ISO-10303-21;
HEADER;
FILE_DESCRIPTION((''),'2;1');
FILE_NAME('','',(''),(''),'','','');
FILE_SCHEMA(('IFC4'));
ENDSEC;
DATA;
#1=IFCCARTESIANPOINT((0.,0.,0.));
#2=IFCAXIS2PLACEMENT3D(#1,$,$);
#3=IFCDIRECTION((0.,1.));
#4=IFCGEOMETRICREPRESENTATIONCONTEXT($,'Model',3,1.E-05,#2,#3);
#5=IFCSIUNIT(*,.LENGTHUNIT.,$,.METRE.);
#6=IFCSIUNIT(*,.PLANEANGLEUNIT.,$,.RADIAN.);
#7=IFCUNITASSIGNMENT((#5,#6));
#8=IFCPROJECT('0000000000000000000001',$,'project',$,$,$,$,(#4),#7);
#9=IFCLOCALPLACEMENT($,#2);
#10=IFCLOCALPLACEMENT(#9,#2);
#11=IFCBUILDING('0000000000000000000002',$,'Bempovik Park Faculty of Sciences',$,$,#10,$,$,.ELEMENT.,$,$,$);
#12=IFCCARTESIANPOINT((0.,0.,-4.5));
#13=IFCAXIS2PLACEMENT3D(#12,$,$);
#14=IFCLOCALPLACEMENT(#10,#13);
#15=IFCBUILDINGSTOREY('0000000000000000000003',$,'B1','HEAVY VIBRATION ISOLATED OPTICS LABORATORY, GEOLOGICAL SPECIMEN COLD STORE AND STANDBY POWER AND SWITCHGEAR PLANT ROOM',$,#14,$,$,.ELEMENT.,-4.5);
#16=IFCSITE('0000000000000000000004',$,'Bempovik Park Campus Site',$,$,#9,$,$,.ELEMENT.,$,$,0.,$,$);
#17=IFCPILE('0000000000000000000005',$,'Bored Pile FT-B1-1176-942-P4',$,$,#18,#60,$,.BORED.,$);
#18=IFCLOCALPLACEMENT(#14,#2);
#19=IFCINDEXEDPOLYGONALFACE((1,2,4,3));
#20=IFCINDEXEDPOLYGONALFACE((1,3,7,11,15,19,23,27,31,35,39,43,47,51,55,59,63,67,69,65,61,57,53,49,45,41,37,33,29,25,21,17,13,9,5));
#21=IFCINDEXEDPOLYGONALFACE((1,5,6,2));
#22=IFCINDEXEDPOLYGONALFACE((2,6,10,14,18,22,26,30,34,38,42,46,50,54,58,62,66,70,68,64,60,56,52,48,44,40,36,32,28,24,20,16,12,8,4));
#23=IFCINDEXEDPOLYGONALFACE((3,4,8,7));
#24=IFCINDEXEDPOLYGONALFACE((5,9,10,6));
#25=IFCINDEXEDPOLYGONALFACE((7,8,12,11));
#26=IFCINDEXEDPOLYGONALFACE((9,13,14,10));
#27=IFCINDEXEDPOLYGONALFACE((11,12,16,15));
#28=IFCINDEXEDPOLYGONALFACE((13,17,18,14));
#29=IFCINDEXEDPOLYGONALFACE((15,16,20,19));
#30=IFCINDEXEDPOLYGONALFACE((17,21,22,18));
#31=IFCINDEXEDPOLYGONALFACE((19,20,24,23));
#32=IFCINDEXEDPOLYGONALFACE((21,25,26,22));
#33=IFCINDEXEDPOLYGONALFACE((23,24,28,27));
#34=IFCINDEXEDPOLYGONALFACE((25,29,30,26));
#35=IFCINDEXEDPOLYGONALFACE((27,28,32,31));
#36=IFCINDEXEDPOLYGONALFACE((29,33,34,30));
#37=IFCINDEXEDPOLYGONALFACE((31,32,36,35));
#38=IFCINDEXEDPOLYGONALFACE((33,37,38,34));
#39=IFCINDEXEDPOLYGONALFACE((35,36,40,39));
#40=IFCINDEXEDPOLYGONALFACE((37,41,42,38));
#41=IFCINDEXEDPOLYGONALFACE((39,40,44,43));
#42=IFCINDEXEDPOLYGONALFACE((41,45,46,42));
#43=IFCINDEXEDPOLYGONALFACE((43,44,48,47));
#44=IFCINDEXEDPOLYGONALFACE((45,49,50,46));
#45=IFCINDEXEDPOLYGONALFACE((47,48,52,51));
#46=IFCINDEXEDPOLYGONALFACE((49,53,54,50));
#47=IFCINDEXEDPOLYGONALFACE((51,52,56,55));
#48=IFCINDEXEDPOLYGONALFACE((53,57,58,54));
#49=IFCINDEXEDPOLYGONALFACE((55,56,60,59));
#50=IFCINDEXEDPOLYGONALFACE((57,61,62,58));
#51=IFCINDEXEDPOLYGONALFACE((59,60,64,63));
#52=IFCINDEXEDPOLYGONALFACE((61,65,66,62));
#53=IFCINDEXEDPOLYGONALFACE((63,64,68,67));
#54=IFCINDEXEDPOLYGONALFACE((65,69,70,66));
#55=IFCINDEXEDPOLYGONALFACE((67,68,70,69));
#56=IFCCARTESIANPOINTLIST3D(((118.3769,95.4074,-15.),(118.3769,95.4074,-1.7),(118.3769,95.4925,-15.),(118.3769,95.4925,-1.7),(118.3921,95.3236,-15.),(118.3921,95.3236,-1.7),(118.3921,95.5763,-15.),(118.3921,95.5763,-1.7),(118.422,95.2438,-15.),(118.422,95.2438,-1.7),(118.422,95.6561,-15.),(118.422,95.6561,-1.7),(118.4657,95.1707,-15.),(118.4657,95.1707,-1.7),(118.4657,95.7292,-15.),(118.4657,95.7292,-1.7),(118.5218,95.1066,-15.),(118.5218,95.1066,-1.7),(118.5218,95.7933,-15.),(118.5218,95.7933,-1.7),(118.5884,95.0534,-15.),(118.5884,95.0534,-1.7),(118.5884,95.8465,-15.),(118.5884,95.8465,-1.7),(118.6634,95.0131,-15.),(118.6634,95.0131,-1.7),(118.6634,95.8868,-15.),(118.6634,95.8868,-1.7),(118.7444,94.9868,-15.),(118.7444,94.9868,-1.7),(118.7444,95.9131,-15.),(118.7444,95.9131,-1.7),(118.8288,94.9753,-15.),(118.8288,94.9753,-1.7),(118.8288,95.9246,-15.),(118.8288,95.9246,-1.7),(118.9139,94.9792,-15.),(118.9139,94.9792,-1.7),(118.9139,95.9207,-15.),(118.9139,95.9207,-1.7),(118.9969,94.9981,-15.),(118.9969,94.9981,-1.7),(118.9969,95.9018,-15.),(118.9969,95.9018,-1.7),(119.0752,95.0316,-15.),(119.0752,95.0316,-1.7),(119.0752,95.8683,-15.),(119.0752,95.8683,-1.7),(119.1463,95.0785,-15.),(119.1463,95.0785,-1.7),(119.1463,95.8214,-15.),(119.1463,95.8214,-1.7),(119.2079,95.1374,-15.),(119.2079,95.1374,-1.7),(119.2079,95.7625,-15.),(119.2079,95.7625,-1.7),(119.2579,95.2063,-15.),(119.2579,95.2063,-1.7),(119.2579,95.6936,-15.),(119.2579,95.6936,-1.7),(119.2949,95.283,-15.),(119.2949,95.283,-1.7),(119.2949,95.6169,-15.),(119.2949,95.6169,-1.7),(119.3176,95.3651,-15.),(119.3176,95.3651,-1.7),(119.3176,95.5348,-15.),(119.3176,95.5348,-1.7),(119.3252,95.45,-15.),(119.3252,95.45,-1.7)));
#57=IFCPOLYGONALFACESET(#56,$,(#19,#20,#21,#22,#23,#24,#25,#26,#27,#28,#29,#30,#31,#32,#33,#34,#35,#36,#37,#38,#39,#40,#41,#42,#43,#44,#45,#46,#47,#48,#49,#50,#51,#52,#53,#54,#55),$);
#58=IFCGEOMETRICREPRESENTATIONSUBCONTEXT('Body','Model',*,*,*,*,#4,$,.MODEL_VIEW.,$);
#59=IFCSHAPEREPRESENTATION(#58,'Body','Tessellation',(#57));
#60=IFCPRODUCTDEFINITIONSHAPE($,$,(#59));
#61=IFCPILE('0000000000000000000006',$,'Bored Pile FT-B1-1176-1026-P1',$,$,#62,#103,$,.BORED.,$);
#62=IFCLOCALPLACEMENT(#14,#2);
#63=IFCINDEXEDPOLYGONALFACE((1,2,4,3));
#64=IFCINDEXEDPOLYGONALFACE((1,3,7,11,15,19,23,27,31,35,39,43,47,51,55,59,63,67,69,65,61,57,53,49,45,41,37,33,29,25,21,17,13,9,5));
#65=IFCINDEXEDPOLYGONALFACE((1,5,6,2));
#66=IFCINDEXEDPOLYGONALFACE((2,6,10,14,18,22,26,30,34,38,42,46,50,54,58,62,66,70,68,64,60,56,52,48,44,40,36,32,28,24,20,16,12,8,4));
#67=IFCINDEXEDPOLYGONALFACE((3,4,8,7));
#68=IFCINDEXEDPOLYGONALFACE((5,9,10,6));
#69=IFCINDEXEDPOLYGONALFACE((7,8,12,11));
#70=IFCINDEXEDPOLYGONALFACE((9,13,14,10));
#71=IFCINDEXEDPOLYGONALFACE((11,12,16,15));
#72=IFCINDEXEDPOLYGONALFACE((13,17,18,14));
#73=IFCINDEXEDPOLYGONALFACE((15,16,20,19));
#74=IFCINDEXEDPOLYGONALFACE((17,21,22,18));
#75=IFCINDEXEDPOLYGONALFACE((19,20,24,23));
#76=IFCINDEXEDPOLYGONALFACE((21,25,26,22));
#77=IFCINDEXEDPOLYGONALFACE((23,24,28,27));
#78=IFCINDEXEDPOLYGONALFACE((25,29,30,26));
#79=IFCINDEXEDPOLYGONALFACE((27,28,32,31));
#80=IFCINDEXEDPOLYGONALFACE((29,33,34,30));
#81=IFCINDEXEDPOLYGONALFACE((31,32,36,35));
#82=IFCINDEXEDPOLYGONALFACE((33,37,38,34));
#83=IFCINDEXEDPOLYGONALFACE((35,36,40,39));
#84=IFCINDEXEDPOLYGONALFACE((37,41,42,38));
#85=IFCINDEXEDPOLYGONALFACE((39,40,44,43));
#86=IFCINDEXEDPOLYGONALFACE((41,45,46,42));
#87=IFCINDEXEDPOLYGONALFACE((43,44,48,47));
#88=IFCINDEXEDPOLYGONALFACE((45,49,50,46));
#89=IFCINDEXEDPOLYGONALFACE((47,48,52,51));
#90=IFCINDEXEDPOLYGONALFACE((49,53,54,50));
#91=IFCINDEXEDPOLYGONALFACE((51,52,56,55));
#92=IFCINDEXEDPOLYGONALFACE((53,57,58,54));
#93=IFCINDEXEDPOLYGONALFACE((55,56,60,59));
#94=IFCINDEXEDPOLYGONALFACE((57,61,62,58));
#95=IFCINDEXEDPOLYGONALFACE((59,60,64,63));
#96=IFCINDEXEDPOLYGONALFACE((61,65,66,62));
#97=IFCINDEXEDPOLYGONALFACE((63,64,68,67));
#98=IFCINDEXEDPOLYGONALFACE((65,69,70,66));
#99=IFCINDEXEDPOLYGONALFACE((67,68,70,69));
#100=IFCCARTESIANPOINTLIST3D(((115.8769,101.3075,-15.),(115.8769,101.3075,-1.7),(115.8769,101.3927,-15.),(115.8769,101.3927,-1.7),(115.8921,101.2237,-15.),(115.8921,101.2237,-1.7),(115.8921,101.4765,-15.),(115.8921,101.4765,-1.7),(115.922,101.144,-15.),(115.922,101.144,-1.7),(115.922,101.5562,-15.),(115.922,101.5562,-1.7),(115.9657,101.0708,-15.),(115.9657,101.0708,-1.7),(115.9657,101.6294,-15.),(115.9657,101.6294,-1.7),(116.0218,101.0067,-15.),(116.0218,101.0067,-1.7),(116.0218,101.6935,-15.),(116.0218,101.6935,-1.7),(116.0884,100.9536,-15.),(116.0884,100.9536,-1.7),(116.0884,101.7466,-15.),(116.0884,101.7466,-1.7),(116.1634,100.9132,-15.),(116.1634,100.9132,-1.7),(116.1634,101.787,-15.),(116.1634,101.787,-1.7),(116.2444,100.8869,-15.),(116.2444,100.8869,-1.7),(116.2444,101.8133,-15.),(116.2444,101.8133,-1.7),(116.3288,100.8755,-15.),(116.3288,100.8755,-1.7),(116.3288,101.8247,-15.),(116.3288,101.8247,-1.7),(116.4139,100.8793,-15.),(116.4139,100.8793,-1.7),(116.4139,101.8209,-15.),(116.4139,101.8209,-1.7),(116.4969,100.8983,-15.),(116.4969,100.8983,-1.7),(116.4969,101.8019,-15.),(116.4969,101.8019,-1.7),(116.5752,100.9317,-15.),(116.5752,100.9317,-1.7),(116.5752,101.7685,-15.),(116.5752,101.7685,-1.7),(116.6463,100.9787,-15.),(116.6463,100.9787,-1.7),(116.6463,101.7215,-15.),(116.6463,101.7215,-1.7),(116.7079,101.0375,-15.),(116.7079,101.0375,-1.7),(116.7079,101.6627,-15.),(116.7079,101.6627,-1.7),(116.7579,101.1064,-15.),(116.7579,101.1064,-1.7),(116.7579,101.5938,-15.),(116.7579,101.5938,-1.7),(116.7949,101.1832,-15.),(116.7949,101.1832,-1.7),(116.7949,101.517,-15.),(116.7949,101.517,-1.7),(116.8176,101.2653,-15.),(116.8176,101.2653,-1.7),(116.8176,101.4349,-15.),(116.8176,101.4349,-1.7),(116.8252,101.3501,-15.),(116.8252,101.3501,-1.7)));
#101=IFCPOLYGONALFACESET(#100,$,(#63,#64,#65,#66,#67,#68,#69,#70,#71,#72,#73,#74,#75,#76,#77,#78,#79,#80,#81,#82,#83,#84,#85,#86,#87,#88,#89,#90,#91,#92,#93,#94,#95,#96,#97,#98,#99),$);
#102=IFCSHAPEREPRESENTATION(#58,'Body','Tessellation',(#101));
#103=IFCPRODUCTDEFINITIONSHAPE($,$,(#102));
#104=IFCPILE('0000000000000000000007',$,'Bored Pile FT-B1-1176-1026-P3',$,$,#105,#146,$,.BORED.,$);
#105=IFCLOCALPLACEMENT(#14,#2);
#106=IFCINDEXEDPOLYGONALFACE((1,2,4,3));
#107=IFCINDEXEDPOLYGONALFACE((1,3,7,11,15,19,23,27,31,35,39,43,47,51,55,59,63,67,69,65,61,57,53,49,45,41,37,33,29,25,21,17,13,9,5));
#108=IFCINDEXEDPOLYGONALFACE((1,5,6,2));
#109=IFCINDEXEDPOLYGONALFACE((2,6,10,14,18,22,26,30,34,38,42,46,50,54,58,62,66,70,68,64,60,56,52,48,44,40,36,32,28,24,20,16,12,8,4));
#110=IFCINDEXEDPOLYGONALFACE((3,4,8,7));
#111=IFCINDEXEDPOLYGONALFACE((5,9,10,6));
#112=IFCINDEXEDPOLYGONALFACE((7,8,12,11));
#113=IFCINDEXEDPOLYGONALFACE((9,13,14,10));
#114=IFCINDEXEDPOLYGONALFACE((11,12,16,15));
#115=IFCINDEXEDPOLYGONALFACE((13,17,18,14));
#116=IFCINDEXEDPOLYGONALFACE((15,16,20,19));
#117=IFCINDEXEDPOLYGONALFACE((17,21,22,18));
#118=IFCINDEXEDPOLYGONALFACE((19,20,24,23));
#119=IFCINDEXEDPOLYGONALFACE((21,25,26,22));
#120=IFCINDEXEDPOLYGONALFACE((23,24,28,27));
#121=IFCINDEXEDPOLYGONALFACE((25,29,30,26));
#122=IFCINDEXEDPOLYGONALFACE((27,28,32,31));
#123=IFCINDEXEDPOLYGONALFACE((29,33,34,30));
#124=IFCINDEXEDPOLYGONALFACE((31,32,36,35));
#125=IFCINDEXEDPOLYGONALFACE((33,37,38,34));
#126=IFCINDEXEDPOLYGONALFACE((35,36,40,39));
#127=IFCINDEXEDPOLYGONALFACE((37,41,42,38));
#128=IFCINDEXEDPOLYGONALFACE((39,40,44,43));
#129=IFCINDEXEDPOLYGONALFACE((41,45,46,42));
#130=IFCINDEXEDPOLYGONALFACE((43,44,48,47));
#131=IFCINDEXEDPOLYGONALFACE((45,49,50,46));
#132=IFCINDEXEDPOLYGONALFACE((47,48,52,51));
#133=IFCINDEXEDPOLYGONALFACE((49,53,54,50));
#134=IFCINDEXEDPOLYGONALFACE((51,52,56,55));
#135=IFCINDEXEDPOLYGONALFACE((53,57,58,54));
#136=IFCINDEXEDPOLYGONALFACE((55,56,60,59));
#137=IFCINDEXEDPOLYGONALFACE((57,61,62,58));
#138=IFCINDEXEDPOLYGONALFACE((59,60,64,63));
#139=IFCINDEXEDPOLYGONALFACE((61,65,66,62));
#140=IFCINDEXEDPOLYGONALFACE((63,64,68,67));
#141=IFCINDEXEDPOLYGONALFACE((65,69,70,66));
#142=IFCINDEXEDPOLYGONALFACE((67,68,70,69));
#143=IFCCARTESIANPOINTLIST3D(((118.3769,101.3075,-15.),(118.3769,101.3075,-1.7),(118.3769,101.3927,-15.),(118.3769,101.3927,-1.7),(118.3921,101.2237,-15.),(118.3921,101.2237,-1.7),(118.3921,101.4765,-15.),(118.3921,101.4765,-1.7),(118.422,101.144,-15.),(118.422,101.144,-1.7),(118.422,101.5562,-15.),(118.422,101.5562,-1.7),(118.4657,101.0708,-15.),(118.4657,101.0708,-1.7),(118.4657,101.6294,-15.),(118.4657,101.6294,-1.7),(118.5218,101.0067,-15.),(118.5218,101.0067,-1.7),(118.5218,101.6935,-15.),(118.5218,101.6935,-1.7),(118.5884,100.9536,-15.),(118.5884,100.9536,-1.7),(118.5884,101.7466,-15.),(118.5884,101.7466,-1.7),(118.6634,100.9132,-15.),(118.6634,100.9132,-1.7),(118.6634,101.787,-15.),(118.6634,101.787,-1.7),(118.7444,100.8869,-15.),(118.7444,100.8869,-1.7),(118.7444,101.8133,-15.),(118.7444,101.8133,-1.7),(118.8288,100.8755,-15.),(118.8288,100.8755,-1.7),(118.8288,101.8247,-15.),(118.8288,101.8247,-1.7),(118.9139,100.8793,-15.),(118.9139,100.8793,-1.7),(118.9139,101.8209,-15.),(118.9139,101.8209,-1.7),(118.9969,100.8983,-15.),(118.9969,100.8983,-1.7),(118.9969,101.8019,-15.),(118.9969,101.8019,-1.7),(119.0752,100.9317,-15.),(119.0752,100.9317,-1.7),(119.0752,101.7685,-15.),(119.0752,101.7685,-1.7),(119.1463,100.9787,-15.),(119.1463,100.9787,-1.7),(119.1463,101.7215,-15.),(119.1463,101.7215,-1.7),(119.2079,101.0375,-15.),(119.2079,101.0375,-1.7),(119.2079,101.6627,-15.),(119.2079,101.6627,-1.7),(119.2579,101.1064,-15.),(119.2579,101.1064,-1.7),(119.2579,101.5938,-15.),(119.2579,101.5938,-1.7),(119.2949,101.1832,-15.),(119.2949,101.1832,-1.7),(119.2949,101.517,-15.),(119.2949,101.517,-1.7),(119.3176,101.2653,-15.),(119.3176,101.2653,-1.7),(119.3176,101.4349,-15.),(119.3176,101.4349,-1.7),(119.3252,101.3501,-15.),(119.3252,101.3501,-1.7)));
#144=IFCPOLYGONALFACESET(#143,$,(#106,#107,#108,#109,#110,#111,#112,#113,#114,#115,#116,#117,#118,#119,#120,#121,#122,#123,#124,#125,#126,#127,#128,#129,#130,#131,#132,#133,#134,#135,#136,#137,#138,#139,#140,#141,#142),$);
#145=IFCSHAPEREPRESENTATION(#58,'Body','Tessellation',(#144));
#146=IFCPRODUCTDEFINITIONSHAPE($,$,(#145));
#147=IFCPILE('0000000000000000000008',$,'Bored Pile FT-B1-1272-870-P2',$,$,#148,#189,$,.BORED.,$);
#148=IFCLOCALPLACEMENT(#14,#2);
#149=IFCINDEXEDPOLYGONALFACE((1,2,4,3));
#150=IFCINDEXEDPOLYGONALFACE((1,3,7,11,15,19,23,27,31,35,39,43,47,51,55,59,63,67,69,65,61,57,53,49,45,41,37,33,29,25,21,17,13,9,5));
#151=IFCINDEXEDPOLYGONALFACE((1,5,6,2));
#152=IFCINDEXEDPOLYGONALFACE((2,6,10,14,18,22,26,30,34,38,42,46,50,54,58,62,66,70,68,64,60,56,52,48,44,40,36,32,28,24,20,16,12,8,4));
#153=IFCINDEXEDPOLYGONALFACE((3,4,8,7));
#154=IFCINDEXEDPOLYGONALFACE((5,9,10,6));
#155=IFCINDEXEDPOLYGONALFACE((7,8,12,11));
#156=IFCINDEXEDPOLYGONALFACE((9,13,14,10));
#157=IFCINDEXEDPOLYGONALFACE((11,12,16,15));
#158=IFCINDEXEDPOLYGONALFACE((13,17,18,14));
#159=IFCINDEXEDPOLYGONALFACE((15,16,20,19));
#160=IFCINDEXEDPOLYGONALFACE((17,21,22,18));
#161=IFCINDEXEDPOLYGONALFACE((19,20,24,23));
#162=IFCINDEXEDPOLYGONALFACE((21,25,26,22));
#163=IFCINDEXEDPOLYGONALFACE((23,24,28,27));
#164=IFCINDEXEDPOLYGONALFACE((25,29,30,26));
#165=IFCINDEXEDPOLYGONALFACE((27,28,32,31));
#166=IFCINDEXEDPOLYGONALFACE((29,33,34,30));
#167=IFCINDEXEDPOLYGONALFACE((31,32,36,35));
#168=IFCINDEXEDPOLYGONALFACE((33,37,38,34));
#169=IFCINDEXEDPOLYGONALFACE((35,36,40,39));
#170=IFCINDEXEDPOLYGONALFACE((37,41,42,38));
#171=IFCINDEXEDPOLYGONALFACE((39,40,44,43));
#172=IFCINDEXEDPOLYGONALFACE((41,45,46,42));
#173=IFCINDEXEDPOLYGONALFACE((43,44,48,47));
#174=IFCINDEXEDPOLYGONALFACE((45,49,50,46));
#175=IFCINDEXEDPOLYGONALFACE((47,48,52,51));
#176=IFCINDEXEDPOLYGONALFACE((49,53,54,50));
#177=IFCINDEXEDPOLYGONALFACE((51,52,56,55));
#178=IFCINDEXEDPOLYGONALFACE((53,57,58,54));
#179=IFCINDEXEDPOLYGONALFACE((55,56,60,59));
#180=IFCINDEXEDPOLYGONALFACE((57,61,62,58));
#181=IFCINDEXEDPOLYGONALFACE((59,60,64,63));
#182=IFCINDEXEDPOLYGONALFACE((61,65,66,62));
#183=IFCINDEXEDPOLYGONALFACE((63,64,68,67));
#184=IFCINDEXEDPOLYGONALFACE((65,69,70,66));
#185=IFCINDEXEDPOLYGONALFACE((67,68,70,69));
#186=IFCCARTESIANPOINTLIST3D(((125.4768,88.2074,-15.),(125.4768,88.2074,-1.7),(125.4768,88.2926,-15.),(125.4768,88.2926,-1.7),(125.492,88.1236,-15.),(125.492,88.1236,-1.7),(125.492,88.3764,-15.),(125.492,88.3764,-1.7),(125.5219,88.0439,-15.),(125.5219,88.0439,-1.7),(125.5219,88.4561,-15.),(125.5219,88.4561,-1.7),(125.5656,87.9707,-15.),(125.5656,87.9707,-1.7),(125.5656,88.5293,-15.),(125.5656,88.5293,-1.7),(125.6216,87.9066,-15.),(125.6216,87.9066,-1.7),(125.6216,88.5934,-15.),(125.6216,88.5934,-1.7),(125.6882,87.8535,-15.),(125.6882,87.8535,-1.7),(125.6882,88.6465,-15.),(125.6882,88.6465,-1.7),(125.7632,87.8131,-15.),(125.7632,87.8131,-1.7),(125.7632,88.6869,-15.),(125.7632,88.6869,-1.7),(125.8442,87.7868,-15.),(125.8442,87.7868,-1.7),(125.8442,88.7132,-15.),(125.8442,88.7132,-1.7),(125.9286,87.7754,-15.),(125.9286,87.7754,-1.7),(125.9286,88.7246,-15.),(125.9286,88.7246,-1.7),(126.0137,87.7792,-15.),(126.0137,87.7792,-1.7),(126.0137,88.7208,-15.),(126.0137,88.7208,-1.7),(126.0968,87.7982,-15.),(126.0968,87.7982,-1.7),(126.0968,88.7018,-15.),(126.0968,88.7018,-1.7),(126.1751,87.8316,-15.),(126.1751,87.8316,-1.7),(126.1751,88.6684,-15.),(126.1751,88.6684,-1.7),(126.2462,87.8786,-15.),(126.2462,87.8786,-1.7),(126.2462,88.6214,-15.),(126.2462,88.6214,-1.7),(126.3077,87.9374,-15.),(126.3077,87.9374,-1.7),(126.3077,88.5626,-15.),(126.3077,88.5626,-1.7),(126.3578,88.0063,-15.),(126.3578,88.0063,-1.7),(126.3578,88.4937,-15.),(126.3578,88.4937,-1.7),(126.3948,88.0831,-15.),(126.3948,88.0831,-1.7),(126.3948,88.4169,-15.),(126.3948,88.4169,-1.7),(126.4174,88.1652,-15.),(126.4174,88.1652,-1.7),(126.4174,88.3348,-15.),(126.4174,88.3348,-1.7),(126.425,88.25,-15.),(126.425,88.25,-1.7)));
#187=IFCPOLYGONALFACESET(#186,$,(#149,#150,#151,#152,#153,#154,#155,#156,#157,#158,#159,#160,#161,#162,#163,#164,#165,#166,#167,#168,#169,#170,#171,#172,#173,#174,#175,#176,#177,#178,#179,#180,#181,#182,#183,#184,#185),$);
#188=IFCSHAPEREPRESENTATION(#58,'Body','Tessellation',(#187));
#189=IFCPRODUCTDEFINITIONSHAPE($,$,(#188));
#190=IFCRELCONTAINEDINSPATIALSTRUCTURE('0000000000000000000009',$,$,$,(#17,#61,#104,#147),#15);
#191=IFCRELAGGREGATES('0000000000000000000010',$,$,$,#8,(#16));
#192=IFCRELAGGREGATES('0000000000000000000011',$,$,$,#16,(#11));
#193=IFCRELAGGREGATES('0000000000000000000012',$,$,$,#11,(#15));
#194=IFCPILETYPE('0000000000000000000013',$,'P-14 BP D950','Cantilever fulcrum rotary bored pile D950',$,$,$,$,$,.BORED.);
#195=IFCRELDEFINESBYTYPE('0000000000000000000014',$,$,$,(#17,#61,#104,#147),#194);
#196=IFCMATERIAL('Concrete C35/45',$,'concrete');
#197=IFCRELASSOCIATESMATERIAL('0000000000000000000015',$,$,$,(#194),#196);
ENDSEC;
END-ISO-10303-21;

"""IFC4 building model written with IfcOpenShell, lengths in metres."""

from ifc_helpers import new_model, si_unit, direction, frame, origin, origin_2d, place, context, subcontext, project, spatial, circle, extrude, material, material_profile, profile_set, type_object, element, save


model = new_model("IFC4")

# Units and contexts
model_context = context("Model", 3, precision=1e-05, world=origin(), true_north=direction((0.0, 1.0)))
body_context = subcontext(model_context, "Body", "Model", "MODEL_VIEW")
ifc_project = project(units=[si_unit("LENGTHUNIT", "METRE"), si_unit("PLANEANGLEUNIT", "RADIAN")], contexts=[model_context])

# Site, building, storey
site_placement = place(None, origin())
site = spatial("IfcSite", under=ifc_project, at=site_placement, Name="Bempovik Park Campus Site", CompositionType="ELEMENT", RefElevation=0.0)
building_placement = place(site_placement, origin())
building = spatial("IfcBuilding", under=site, at=building_placement, Name="Bempovik Park Faculty of Sciences", CompositionType="ELEMENT")
storey_placement = place(building_placement, frame((0.0, 0.0, -4.5)))
storey = spatial("IfcBuildingStorey", under=building, at=storey_placement, Name="B1", Description="HEAVY VIBRATION ISOLATED OPTICS LABORATORY, GEOLOGICAL SPECIMEN COLD STORE AND STANDBY POWER AND SWITCHGEAR PLANT ROOM", CompositionType="ELEMENT", Elevation=-4.5)

# Shared definitions
ifc_material_1 = material(Name="Concrete C35/45", Category="concrete")

# Piles
ifc_material_profile_1 = material_profile(ifc_material_1, circle(Radius=0.4751, at=origin_2d()), Name="BP D950")
ifc_profile_set_1 = profile_set([ifc_material_profile_1], Name="Concrete C35/45")
pile_type = type_object("IfcPileType", Name="P-14 BP D950", Description="Cantilever fulcrum rotary bored pile D950", PredefinedType="BORED", material=ifc_profile_set_1)
for number, where, z_axis, x_axis, name in (
    (1, (118.8501, 95.45, -1.7), (0.0, 0.0, -1.0), (1.0, 0.0, 0.0), "Bored Pile FT-B1-1176-942-P4"),
    (2, (116.3501, 101.3501, -1.7), (0.0, 0.0, -1.0), (1.0, 0.0, 0.0), "Bored Pile FT-B1-1176-1026-P1"),
    (3, (118.8501, 101.3501, -1.7), (0.0, 0.0, -1.0), (1.0, 0.0, 0.0), "Bored Pile FT-B1-1176-1026-P3"),
    (4, (125.95, 88.25, -1.7), (0.0, 0.0, -1.0), (1.0, 0.0, 0.0), "Bored Pile FT-B1-1272-870-P2"),
):
    element("IfcPile", number, at=place(storey_placement, frame(where, z_axis=z_axis, x_axis=x_axis)), inside=storey, type_object=pile_type, Name=name, PredefinedType="BORED", context=body_context, shape_type="SweptSolid", body=[
        extrude(circle(Radius=0.4751, at=origin_2d()), origin(), (0.0, 0.0, 1.0), 13.3),
    ])

save(model, "model.ifc")
